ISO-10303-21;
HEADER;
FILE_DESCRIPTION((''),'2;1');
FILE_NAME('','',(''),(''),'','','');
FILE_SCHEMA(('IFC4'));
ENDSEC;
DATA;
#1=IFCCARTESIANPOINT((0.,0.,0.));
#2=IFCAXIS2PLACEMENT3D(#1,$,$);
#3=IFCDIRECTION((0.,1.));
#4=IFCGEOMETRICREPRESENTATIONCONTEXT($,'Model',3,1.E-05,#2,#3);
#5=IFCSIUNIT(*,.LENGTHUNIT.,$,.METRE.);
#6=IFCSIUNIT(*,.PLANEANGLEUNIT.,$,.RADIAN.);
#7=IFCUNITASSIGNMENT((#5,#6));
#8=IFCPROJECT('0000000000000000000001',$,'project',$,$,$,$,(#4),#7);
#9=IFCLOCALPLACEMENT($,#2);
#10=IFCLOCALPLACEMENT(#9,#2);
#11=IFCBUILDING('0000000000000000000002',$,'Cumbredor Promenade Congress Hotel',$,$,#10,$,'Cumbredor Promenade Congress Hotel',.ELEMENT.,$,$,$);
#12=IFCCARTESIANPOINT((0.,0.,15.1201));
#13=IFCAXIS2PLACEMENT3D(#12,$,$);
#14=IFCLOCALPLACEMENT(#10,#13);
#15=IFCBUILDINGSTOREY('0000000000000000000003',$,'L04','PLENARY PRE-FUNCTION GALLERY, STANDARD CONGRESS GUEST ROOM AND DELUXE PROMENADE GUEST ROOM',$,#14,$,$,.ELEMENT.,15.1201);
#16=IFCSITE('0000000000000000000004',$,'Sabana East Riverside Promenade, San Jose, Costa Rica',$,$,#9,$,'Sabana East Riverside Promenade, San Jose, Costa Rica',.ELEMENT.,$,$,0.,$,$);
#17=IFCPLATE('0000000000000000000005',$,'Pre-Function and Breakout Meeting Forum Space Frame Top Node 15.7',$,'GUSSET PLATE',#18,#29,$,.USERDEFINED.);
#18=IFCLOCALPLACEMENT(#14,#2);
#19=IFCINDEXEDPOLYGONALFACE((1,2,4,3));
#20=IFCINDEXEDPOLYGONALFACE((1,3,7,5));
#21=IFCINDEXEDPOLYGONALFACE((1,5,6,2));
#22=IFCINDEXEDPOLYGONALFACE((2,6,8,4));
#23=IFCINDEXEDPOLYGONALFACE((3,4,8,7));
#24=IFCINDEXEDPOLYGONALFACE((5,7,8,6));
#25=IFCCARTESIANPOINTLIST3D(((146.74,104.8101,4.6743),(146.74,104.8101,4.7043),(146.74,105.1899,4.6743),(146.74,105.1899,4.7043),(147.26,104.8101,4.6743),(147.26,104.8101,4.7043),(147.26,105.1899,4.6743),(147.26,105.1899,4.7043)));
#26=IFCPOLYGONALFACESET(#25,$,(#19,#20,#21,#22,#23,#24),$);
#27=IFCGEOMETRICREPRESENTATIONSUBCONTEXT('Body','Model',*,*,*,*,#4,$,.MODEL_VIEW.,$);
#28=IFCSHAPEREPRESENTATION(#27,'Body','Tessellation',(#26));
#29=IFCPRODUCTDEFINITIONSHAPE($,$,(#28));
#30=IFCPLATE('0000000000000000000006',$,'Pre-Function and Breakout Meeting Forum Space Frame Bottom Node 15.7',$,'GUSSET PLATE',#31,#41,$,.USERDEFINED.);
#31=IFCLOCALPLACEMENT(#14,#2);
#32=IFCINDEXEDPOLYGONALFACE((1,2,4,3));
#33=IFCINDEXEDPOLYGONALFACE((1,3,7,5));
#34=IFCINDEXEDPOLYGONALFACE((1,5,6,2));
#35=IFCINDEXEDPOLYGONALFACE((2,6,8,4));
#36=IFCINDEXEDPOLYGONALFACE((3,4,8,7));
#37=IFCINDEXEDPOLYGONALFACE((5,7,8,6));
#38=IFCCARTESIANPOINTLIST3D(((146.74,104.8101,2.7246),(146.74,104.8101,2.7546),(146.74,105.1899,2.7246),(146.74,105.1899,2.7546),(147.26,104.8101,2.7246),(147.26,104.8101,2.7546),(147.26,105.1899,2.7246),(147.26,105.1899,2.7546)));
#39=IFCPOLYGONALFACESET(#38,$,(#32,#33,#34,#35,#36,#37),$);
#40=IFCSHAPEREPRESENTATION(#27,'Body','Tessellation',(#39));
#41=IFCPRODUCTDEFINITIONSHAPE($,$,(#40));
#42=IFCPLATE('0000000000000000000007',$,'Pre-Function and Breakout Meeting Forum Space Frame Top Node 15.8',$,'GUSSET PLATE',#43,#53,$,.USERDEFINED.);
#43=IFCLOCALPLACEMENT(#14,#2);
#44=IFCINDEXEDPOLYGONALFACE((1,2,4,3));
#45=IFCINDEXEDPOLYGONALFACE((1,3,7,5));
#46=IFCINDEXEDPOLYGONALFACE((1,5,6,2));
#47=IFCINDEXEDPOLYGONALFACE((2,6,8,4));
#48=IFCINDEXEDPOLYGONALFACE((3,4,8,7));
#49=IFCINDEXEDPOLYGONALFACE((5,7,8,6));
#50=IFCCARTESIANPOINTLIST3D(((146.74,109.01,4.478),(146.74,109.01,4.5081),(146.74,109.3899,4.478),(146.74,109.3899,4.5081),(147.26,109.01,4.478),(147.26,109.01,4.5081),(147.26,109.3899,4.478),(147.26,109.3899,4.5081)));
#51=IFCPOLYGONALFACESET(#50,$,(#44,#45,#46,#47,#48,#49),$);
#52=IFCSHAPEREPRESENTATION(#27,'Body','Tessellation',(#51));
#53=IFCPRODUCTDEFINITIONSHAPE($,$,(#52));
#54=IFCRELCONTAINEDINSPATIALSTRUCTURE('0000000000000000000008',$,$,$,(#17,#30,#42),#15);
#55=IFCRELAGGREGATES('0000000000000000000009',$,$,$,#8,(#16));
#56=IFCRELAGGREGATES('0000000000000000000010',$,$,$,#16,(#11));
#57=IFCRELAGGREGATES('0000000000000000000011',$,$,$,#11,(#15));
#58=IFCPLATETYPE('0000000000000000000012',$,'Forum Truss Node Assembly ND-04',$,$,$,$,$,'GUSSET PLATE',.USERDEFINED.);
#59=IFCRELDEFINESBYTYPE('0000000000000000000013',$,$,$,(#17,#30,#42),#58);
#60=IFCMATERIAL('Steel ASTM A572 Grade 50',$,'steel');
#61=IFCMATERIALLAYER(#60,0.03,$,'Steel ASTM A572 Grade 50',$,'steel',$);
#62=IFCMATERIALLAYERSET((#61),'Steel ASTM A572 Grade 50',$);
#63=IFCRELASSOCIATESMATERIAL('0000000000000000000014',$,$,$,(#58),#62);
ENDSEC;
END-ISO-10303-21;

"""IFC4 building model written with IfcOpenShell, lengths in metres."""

from ifc_helpers import new_model, si_unit, direction, frame, origin, origin_2d, place, context, subcontext, project, spatial, rectangle, extrude, material, layer, layer_set, type_object, element, save


model = new_model("IFC4")

# Units and contexts
model_context = context("Model", 3, precision=1e-05, world=origin(), true_north=direction((0.0, 1.0)))
body_context = subcontext(model_context, "Body", "Model", "MODEL_VIEW")
ifc_project = project(units=[si_unit("LENGTHUNIT", "METRE"), si_unit("PLANEANGLEUNIT", "RADIAN")], contexts=[model_context])

# Site, building, storey
site_placement = place(None, origin())
site = spatial("IfcSite", under=ifc_project, at=site_placement, Name="Sabana East Riverside Promenade, San Jose, Costa Rica", LongName="Sabana East Riverside Promenade, San Jose, Costa Rica", CompositionType="ELEMENT", RefElevation=0.0)
building_placement = place(site_placement, origin())
building = spatial("IfcBuilding", under=site, at=building_placement, Name="Cumbredor Promenade Congress Hotel", LongName="Cumbredor Promenade Congress Hotel", CompositionType="ELEMENT")
storey_placement = place(building_placement, frame((0.0, 0.0, 15.1201)))
storey = spatial("IfcBuildingStorey", under=building, at=storey_placement, Name="L04", Description="PLENARY PRE-FUNCTION GALLERY, STANDARD CONGRESS GUEST ROOM AND DELUXE PROMENADE GUEST ROOM", CompositionType="ELEMENT", Elevation=15.1201)

# Plates
ifc_material_1 = material(Name="Steel ASTM A572 Grade 50", Category="steel")
ifc_layer = layer(ifc_material_1, 0.03, Name="Steel ASTM A572 Grade 50", Category="steel")
ifc_layer_set = layer_set([ifc_layer], Name="Steel ASTM A572 Grade 50")
plate_type = type_object("IfcPlateType", Name="Forum Truss Node Assembly ND-04", ElementType="GUSSET PLATE", PredefinedType="USERDEFINED", material=ifc_layer_set)
for number, where, z_axis, x_axis, name in (
    (1, (147.0, 105.0, 4.6743), (0.0, 0.0, 1.0), (1.0, 0.0, 0.0), "Pre-Function and Breakout Meeting Forum Space Frame Top Node 15.7"),
    (2, (147.0, 105.0, 2.7246), (0.0, 0.0, 1.0), (1.0, 0.0, 0.0), "Pre-Function and Breakout Meeting Forum Space Frame Bottom Node 15.7"),
    (3, (147.0, 109.2, 4.478), (0.0, 0.0, 1.0), (1.0, 0.0, 0.0), "Pre-Function and Breakout Meeting Forum Space Frame Top Node 15.8"),
):
    element("IfcPlate", number, at=place(storey_placement, frame(where, z_axis=z_axis, x_axis=x_axis)), inside=storey, type_object=plate_type, Name=name, ObjectType="GUSSET PLATE", PredefinedType="USERDEFINED", context=body_context, shape_type="SweptSolid", body=[
        extrude(rectangle(XDim=0.52, YDim=0.3799, at=origin_2d()), origin(), (0.0, 0.0, 1.0), 0.03),
    ])

save(model, "model.ifc")
